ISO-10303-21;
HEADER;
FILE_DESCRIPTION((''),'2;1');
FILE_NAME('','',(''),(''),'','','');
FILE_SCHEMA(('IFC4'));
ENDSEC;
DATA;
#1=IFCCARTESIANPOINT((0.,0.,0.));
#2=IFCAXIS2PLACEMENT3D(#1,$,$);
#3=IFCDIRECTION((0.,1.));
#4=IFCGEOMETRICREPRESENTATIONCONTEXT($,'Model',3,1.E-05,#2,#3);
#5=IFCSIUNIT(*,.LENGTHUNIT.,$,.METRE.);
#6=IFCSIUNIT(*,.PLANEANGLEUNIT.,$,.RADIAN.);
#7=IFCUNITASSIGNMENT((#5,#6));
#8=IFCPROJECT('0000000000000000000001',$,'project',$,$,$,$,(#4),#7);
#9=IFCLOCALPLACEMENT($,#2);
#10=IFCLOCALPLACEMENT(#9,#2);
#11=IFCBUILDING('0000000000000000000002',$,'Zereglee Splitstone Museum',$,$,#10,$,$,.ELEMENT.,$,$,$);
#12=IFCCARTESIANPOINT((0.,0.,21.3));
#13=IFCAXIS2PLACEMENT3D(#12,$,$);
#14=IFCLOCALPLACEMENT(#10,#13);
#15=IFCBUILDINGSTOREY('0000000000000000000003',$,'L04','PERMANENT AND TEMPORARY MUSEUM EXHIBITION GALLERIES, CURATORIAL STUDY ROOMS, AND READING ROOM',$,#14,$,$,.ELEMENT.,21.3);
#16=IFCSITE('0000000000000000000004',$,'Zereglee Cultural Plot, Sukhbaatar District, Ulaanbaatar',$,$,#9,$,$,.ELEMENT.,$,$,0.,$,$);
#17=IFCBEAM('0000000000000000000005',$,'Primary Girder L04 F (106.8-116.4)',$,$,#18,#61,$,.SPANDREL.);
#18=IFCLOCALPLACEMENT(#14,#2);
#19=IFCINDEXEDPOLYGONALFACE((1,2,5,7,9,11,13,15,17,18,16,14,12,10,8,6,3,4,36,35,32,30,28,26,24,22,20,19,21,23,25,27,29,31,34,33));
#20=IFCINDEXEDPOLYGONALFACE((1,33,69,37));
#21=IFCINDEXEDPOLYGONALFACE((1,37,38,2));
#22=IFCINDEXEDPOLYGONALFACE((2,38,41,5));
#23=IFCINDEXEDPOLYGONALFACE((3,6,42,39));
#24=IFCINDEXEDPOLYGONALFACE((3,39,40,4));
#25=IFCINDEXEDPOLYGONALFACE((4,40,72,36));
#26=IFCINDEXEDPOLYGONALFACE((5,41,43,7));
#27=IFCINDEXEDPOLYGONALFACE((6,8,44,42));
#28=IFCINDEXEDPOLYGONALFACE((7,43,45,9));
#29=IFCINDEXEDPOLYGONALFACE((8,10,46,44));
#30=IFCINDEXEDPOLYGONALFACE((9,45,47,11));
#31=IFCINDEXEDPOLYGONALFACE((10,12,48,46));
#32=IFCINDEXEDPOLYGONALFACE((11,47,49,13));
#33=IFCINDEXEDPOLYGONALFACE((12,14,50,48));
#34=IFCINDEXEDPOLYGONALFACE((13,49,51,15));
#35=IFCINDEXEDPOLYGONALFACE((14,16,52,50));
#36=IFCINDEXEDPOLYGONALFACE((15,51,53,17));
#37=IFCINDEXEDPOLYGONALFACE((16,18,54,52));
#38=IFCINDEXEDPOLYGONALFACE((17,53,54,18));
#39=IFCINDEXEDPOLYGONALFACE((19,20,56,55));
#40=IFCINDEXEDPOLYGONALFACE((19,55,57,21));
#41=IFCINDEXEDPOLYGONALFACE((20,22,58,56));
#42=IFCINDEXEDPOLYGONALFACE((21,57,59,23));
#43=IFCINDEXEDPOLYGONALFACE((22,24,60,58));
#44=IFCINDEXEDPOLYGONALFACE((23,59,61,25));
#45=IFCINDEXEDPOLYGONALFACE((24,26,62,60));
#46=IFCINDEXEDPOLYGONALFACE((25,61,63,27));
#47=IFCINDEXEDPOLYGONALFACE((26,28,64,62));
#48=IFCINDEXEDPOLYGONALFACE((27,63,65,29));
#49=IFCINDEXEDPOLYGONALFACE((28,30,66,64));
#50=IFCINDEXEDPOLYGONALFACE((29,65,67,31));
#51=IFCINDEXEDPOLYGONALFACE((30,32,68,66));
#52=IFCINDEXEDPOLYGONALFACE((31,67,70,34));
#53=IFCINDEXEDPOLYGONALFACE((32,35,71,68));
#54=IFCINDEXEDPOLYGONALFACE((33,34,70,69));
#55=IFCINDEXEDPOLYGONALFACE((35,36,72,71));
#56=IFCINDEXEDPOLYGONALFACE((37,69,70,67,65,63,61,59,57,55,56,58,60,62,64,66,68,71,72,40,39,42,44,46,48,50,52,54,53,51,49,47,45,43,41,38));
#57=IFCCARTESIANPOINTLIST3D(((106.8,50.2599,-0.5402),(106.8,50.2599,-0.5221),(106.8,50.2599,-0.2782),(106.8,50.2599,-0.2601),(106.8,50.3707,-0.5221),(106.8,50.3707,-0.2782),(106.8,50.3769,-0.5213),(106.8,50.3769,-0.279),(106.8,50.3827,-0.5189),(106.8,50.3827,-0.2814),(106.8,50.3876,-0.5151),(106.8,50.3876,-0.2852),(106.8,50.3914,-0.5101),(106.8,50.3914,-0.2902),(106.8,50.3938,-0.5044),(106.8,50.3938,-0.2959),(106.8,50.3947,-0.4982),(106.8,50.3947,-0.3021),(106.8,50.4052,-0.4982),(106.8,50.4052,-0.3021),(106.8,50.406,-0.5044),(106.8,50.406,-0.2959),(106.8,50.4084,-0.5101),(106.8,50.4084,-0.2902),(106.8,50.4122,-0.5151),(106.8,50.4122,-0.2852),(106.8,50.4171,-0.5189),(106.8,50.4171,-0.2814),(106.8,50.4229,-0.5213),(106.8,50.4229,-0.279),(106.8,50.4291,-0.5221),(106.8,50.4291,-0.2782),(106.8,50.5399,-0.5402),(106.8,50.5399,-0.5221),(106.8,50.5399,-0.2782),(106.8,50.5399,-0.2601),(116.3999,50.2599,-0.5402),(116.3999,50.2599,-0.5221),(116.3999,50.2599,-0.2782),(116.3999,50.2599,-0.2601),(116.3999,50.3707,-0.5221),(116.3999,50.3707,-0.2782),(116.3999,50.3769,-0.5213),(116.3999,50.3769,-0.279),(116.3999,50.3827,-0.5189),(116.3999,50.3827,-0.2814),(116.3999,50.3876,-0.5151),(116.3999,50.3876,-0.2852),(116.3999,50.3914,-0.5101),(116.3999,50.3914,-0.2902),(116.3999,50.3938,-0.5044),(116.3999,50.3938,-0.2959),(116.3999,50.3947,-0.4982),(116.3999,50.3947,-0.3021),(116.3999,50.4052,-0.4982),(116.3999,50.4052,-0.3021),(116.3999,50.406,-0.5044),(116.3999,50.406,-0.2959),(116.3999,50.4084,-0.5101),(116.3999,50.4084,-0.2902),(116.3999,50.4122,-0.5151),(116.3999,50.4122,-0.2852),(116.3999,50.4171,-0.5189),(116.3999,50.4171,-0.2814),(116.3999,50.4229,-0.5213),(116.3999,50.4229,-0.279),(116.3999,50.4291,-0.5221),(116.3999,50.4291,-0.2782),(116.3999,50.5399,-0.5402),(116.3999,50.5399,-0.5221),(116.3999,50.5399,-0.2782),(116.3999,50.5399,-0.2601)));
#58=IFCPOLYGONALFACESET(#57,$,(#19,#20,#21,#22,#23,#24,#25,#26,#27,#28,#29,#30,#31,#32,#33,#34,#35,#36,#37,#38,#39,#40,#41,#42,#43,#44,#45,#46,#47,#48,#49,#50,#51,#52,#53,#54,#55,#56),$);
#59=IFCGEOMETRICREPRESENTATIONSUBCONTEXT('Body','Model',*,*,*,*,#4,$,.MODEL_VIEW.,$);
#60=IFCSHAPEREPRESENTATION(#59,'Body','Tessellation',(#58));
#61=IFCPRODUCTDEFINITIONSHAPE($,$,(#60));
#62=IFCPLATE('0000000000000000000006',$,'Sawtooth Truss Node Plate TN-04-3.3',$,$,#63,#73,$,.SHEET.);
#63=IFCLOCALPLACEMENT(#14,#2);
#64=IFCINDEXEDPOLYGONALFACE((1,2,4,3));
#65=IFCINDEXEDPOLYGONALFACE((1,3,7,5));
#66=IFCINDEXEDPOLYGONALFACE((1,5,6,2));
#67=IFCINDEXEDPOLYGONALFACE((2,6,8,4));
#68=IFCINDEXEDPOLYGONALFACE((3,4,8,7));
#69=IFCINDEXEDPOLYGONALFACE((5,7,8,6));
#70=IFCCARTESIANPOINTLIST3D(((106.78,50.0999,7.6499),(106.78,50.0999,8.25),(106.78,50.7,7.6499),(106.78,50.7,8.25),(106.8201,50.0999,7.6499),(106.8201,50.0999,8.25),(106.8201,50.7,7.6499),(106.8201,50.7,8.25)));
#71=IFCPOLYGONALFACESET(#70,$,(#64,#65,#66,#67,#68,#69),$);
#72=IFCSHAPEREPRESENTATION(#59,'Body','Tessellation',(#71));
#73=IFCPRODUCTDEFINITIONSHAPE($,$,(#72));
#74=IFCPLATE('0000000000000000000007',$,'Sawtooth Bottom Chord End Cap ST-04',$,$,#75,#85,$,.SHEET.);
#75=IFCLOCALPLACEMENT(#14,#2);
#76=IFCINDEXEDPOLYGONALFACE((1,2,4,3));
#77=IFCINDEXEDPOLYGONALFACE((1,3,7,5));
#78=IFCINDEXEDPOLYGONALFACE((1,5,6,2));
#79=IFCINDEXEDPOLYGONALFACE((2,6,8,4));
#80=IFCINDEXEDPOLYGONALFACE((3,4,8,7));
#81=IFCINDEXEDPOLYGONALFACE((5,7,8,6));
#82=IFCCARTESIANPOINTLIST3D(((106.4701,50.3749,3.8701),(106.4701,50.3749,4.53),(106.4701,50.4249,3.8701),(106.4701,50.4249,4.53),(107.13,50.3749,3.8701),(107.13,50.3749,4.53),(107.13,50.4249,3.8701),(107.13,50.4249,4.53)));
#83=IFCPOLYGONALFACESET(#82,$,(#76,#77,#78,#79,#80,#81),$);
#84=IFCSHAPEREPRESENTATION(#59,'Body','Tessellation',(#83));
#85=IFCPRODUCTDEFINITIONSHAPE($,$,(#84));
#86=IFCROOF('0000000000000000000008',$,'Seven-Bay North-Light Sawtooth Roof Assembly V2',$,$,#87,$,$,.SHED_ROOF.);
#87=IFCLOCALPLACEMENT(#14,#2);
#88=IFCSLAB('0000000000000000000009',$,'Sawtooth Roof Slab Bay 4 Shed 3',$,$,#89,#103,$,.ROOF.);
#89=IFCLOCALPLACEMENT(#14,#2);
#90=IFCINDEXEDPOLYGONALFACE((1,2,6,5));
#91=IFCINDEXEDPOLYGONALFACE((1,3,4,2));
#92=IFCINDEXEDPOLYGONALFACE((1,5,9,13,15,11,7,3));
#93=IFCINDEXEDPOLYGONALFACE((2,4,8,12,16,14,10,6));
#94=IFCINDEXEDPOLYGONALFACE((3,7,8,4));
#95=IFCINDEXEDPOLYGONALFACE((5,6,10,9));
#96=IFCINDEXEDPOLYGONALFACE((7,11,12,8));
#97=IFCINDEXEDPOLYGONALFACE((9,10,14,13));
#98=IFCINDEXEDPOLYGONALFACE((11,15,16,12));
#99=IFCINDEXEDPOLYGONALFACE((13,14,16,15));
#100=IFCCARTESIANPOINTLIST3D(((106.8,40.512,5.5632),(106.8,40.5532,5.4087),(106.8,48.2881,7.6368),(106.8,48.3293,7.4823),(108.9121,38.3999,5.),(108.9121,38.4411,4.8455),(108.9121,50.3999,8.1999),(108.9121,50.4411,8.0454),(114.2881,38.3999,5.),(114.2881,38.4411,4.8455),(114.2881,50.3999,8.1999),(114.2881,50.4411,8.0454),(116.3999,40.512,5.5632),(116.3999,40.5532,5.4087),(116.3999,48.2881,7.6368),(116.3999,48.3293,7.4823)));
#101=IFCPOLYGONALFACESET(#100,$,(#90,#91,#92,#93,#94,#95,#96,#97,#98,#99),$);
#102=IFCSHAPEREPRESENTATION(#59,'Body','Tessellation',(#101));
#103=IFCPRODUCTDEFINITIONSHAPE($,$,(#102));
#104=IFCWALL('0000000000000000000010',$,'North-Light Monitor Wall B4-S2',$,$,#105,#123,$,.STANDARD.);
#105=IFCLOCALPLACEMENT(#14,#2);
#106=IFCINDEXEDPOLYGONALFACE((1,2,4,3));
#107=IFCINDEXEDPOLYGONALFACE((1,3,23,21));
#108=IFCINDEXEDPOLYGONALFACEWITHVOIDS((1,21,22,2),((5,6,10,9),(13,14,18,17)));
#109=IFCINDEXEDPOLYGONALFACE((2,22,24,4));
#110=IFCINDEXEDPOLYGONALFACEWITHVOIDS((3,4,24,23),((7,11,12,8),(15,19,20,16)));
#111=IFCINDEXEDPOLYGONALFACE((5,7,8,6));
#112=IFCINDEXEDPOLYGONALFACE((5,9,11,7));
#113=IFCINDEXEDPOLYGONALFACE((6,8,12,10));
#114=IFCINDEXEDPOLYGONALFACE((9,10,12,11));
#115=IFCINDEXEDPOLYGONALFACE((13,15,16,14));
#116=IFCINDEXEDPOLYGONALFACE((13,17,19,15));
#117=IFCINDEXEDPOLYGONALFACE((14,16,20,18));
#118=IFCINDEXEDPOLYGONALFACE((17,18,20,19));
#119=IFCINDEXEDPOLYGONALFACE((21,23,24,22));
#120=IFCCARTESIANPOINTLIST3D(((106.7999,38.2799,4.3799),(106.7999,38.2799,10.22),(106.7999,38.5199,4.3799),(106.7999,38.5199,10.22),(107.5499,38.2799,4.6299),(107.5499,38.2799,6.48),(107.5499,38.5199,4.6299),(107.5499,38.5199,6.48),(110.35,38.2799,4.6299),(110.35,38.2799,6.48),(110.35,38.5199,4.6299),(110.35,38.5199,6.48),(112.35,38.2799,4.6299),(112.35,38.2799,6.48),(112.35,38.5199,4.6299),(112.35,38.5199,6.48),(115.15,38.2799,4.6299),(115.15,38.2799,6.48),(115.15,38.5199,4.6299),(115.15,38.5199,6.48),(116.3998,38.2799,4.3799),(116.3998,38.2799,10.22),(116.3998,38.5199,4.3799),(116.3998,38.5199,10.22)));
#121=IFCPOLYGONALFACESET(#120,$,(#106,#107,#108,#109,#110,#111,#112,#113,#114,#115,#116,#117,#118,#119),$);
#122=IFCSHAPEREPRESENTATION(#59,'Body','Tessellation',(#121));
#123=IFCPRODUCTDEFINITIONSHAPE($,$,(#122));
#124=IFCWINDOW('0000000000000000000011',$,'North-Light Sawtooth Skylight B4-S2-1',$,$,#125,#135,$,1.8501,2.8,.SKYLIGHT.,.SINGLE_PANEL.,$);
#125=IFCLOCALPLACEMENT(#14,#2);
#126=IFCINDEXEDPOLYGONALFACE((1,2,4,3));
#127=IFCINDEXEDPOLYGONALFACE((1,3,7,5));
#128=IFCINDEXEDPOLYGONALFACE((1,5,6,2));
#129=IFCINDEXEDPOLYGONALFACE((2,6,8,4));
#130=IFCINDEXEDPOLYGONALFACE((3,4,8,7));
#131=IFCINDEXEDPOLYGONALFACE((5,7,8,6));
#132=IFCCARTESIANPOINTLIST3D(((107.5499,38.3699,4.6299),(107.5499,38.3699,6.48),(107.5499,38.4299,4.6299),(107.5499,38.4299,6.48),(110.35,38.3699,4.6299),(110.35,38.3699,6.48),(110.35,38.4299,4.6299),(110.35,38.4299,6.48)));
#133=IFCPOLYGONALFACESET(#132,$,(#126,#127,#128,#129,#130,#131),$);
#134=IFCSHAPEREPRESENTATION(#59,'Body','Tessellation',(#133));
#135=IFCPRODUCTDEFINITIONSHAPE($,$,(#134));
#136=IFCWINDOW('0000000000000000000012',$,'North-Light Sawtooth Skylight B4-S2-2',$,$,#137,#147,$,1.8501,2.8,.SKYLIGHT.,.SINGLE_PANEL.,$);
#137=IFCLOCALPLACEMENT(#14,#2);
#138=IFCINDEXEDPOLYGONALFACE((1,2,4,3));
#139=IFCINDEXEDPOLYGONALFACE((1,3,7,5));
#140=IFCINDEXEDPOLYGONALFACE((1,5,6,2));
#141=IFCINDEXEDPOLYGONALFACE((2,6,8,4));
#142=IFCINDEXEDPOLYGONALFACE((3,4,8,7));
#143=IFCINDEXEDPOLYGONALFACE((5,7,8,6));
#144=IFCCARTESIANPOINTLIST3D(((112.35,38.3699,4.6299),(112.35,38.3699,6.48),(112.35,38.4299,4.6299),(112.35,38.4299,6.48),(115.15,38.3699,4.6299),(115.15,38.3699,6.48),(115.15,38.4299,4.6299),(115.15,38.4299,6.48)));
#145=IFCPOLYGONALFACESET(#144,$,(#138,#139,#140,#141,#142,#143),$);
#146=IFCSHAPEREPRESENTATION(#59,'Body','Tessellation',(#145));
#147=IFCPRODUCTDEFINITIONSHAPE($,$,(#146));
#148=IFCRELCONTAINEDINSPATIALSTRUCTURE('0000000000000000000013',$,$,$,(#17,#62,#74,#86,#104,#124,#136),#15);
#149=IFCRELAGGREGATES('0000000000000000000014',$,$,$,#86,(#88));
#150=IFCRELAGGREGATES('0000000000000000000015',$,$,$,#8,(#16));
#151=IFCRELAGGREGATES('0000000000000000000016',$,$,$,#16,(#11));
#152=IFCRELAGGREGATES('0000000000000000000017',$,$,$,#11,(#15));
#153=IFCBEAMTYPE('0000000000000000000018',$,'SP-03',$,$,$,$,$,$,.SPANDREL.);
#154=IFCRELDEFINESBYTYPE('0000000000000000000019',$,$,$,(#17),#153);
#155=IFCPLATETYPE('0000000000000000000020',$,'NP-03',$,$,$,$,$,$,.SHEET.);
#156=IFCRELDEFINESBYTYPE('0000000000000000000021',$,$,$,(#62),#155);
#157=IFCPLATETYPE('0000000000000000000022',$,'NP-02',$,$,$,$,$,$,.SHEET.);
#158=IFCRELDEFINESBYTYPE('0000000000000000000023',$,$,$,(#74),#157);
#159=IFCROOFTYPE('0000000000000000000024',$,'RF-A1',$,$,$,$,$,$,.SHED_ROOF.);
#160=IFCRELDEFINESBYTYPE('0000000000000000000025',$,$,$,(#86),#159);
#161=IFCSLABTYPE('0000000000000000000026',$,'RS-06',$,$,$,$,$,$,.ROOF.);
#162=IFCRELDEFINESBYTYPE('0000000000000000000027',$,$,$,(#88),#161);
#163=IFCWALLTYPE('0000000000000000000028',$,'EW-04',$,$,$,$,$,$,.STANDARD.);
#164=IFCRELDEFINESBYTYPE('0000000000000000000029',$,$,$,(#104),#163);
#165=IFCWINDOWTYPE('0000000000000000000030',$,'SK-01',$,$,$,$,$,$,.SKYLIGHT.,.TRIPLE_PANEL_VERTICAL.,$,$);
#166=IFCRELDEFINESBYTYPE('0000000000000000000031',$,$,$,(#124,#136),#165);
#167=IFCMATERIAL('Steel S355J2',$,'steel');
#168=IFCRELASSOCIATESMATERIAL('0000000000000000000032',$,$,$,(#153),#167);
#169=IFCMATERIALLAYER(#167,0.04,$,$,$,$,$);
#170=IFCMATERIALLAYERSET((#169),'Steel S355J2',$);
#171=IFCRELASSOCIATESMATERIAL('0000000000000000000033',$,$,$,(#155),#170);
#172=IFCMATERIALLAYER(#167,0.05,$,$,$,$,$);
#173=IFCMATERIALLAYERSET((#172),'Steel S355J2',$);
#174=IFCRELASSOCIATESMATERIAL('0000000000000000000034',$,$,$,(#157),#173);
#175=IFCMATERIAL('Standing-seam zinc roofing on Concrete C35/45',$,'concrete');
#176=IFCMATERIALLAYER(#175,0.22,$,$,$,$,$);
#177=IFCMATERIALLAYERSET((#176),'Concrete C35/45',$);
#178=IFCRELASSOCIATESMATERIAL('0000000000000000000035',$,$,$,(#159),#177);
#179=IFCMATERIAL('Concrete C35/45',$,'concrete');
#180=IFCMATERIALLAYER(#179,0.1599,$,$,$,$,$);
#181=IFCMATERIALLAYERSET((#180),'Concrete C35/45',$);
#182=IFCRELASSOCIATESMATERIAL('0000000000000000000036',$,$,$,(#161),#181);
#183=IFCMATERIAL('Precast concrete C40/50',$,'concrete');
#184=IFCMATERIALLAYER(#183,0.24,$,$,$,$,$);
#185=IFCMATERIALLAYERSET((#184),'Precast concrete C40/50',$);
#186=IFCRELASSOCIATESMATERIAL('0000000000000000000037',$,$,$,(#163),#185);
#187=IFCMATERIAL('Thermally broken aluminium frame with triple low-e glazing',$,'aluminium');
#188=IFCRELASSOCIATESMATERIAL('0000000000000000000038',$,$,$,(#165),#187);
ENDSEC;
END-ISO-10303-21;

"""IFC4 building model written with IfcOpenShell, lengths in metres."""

from ifc_helpers import new_model, si_unit, direction, frame, frame_2d, origin, origin_2d, place, context, subcontext, project, spatial, polyline, rectangle, i_section, outline, extrude, material, layer, layer_set, material_profile, profile_set, type_object, element, fill, aggregate, save


model = new_model("IFC4")

# Units and contexts
model_context = context("Model", 3, precision=1e-05, world=origin(), true_north=direction((0.0, 1.0)))
body_context = subcontext(model_context, "Body", "Model", "MODEL_VIEW")
ifc_project = project(units=[si_unit("LENGTHUNIT", "METRE"), si_unit("PLANEANGLEUNIT", "RADIAN")], contexts=[model_context])

# Site, building, storey
site_placement = place(None, origin())
site = spatial("IfcSite", under=ifc_project, at=site_placement, Name="Zereglee Cultural Plot, Sukhbaatar District, Ulaanbaatar", CompositionType="ELEMENT", RefElevation=0.0)
building_placement = place(site_placement, origin())
building = spatial("IfcBuilding", under=site, at=building_placement, Name="Zereglee Splitstone Museum", CompositionType="ELEMENT")
storey_placement = place(building_placement, frame((0.0, 0.0, 21.3)))
storey = spatial("IfcBuildingStorey", under=building, at=storey_placement, Name="L04", Description="PERMANENT AND TEMPORARY MUSEUM EXHIBITION GALLERIES, CURATORIAL STUDY ROOMS, AND READING ROOM", CompositionType="ELEMENT", Elevation=21.3)

# Shared definitions
ifc_material_1 = material(Name="Steel S355J2", Category="steel")

# Beam
ifc_material_profile_1 = material_profile(ifc_material_1, i_section(OverallWidth=0.28, OverallDepth=0.28, WebThickness=0.0105, FlangeThickness=0.0181, FilletRadius=0.0239, at=origin_2d()), Name="HE 280 B")
ifc_profile_set_1 = profile_set([ifc_material_profile_1], Name="Steel S355J2")
beam_type_1 = type_object("IfcBeamType", Name="SP-03", PredefinedType="SPANDREL", material=ifc_profile_set_1)
beam_1_placement = place(storey_placement, frame((106.8, 50.3999, -0.4001), z_axis=(1.0, 0.0, 0.0), x_axis=(0.0, 1.0, 0.0)))
element("IfcBeam", 1, at=beam_1_placement, inside=storey, type_object=beam_type_1, Name="Primary Girder L04 F (106.8-116.4)", PredefinedType="SPANDREL", context=body_context, shape_type="SweptSolid", body=[
    extrude(i_section(OverallWidth=0.28, OverallDepth=0.28, WebThickness=0.0105, FlangeThickness=0.0181, FilletRadius=0.0239, at=origin_2d()), origin(), (0.0, 0.0, 1.0), 9.5999),
])

# Plates
ifc_layer_1 = layer(ifc_material_1, 0.04)
ifc_layer_set_1 = layer_set([ifc_layer_1], Name="Steel S355J2")
plate_type_1 = type_object("IfcPlateType", Name="NP-03", PredefinedType="SHEET", material=ifc_layer_set_1)
plate_1_placement = place(storey_placement, frame((106.8, 50.3999, 7.6499), z_axis=(0.0, 0.0, 1.0), x_axis=(1.0, 0.0, 0.0)))
element("IfcPlate", 2, at=plate_1_placement, inside=storey, type_object=plate_type_1, Name="Sawtooth Truss Node Plate TN-04-3.3", PredefinedType="SHEET", context=body_context, shape_type="SweptSolid", body=[
    extrude(rectangle(XDim=0.04, YDim=0.6001, at=origin_2d()), origin(), (0.0, 0.0, 1.0), 0.6001),
])
ifc_layer_2 = layer(ifc_material_1, 0.05)
ifc_layer_set_2 = layer_set([ifc_layer_2], Name="Steel S355J2")
plate_type_2 = type_object("IfcPlateType", Name="NP-02", PredefinedType="SHEET", material=ifc_layer_set_2)
plate_2_placement = place(storey_placement, frame((106.8, 50.3999, 3.8701), z_axis=(0.0, 0.0, 1.0), x_axis=(1.0, 0.0, 0.0)))
element("IfcPlate", 3, at=plate_2_placement, inside=storey, type_object=plate_type_2, Name="Sawtooth Bottom Chord End Cap ST-04", PredefinedType="SHEET", context=body_context, shape_type="SweptSolid", body=[
    extrude(rectangle(XDim=0.6599, YDim=0.05, at=origin_2d()), origin(), (0.0, 0.0, 1.0), 0.6599),
])

# Roof, slab
ifc_material_2 = material(Name="Standing-seam zinc roofing on Concrete C35/45", Category="concrete")
ifc_layer_3 = layer(ifc_material_2, 0.22)
ifc_layer_set_3 = layer_set([ifc_layer_3], Name="Concrete C35/45")
roof_type = type_object("IfcRoofType", Name="RF-A1", PredefinedType="SHED_ROOF", material=ifc_layer_set_3)
roof_placement = place(storey_placement, origin())
roof = element("IfcRoof", 4, at=roof_placement, inside=storey, type_object=roof_type, Name="Seven-Bay North-Light Sawtooth Roof Assembly V2", PredefinedType="SHED_ROOF")
ifc_material_3 = material(Name="Concrete C35/45", Category="concrete")
ifc_layer_4 = layer(ifc_material_3, 0.1599)
ifc_layer_set_4 = layer_set([ifc_layer_4], Name="Concrete C35/45")
slab_type = type_object("IfcSlabType", Name="RS-06", PredefinedType="ROOF", material=ifc_layer_set_4)
slab_placement = place(storey_placement, frame((108.9121, 38.3999, 5.0), z_axis=(0.0, -0.257657, 0.966236), x_axis=(1.0, 0.0, 0.0)))
slab = element("IfcSlab", 5, at=slab_placement, type_object=slab_type, Name="Sawtooth Roof Slab Bay 4 Shed 3", PredefinedType="ROOF", context=body_context, shape_type="SweptSolid", body=[
    extrude(outline(polyline([(0.0, 0.0), (5.376, 0.0), (7.4878, 2.1859), (7.4878, 10.2337), (5.376, 12.4193), (0.0, 12.4193), (-2.1121, 10.2337), (-2.1121, 2.1859), (0.0, 0.0)])), origin(), (0.0, 0.0, -1.0), 0.1599),
])
aggregate(roof, [slab])

# Wall, openings, windows
ifc_material_4 = material(Name="Precast concrete C40/50", Category="concrete")
ifc_layer_5 = layer(ifc_material_4, 0.24)
ifc_layer_set_5 = layer_set([ifc_layer_5], Name="Precast concrete C40/50")
wall_type = type_object("IfcWallType", Name="EW-04", PredefinedType="STANDARD", material=ifc_layer_set_5)
wall_1_placement = place(storey_placement, frame((106.8, 38.3999, 4.3799), z_axis=(0.0, 0.0, 1.0), x_axis=(1.0, 0.0, 0.0)))
wall_1 = element("IfcWall", 6, at=wall_1_placement, inside=storey, type_object=wall_type, Name="North-Light Monitor Wall B4-S2", PredefinedType="STANDARD", context=body_context, shape_type="SweptSolid", body=[
    extrude(rectangle(XDim=9.5999, YDim=0.24, at=frame_2d((4.7998, 0.0))), origin(), (0.0, 0.0, 1.0), 5.8401),
])
opening_1_placement = place(wall_1_placement, frame((0.75, 0.0, 0.25)))
opening_1 = element("IfcOpeningElement", 7, at=opening_1_placement, cuts=wall_1, PredefinedType="OPENING", context=body_context, shape_type="SweptSolid", body=[
    extrude(rectangle(XDim=2.8, YDim=1.8501, at=frame_2d((1.3999, 0.925))), frame((0.0, 0.1348, 0.0), z_axis=(0.0, -1.0, 0.0), x_axis=(1.0, 0.0, 0.0)), (0.0, 0.0, 1.0), 0.2698),
])
opening_2_placement = place(wall_1_placement, frame((5.55, 0.0, 0.25)))
opening_2 = element("IfcOpeningElement", 8, at=opening_2_placement, cuts=wall_1, PredefinedType="OPENING", context=body_context, shape_type="SweptSolid", body=[
    extrude(rectangle(XDim=2.8, YDim=1.8501, at=frame_2d((1.3999, 0.925))), frame((0.0, 0.1348, 0.0), z_axis=(0.0, -1.0, 0.0), x_axis=(1.0, 0.0, 0.0)), (0.0, 0.0, 1.0), 0.2698),
])
ifc_material_5 = material(Name="Thermally broken aluminium frame with triple low-e glazing", Category="aluminium")
window_type = type_object("IfcWindowType", Name="SK-01", PartitioningType="TRIPLE_PANEL_VERTICAL", PredefinedType="SKYLIGHT", material=ifc_material_5)
window_1_placement = place(opening_1_placement, origin())
window_1 = element("IfcWindow", 9, at=window_1_placement, inside=storey, type_object=window_type, Name="North-Light Sawtooth Skylight B4-S2-1", OverallHeight=1.8501, OverallWidth=2.8, PartitioningType="SINGLE_PANEL", PredefinedType="SKYLIGHT", context=body_context, shape_type="SweptSolid", body=[
    extrude(rectangle(XDim=2.8, YDim=1.8501, at=frame_2d((1.3999, 0.925))), frame((0.0, 0.03, 0.0), z_axis=(0.0, -1.0, 0.0), x_axis=(1.0, 0.0, 0.0)), (0.0, 0.0, 1.0), 0.0601),
])
fill(opening_1, window_1)
window_2_placement = place(opening_2_placement, origin())
window_2 = element("IfcWindow", 10, at=window_2_placement, inside=storey, type_object=window_type, Name="North-Light Sawtooth Skylight B4-S2-2", OverallHeight=1.8501, OverallWidth=2.8, PartitioningType="SINGLE_PANEL", PredefinedType="SKYLIGHT", context=body_context, shape_type="SweptSolid", body=[
    extrude(rectangle(XDim=2.8, YDim=1.8501, at=frame_2d((1.3999, 0.925))), frame((0.0, 0.03, 0.0), z_axis=(0.0, -1.0, 0.0), x_axis=(1.0, 0.0, 0.0)), (0.0, 0.0, 1.0), 0.0601),
])
fill(opening_2, window_2)

save(model, "model.ifc")
